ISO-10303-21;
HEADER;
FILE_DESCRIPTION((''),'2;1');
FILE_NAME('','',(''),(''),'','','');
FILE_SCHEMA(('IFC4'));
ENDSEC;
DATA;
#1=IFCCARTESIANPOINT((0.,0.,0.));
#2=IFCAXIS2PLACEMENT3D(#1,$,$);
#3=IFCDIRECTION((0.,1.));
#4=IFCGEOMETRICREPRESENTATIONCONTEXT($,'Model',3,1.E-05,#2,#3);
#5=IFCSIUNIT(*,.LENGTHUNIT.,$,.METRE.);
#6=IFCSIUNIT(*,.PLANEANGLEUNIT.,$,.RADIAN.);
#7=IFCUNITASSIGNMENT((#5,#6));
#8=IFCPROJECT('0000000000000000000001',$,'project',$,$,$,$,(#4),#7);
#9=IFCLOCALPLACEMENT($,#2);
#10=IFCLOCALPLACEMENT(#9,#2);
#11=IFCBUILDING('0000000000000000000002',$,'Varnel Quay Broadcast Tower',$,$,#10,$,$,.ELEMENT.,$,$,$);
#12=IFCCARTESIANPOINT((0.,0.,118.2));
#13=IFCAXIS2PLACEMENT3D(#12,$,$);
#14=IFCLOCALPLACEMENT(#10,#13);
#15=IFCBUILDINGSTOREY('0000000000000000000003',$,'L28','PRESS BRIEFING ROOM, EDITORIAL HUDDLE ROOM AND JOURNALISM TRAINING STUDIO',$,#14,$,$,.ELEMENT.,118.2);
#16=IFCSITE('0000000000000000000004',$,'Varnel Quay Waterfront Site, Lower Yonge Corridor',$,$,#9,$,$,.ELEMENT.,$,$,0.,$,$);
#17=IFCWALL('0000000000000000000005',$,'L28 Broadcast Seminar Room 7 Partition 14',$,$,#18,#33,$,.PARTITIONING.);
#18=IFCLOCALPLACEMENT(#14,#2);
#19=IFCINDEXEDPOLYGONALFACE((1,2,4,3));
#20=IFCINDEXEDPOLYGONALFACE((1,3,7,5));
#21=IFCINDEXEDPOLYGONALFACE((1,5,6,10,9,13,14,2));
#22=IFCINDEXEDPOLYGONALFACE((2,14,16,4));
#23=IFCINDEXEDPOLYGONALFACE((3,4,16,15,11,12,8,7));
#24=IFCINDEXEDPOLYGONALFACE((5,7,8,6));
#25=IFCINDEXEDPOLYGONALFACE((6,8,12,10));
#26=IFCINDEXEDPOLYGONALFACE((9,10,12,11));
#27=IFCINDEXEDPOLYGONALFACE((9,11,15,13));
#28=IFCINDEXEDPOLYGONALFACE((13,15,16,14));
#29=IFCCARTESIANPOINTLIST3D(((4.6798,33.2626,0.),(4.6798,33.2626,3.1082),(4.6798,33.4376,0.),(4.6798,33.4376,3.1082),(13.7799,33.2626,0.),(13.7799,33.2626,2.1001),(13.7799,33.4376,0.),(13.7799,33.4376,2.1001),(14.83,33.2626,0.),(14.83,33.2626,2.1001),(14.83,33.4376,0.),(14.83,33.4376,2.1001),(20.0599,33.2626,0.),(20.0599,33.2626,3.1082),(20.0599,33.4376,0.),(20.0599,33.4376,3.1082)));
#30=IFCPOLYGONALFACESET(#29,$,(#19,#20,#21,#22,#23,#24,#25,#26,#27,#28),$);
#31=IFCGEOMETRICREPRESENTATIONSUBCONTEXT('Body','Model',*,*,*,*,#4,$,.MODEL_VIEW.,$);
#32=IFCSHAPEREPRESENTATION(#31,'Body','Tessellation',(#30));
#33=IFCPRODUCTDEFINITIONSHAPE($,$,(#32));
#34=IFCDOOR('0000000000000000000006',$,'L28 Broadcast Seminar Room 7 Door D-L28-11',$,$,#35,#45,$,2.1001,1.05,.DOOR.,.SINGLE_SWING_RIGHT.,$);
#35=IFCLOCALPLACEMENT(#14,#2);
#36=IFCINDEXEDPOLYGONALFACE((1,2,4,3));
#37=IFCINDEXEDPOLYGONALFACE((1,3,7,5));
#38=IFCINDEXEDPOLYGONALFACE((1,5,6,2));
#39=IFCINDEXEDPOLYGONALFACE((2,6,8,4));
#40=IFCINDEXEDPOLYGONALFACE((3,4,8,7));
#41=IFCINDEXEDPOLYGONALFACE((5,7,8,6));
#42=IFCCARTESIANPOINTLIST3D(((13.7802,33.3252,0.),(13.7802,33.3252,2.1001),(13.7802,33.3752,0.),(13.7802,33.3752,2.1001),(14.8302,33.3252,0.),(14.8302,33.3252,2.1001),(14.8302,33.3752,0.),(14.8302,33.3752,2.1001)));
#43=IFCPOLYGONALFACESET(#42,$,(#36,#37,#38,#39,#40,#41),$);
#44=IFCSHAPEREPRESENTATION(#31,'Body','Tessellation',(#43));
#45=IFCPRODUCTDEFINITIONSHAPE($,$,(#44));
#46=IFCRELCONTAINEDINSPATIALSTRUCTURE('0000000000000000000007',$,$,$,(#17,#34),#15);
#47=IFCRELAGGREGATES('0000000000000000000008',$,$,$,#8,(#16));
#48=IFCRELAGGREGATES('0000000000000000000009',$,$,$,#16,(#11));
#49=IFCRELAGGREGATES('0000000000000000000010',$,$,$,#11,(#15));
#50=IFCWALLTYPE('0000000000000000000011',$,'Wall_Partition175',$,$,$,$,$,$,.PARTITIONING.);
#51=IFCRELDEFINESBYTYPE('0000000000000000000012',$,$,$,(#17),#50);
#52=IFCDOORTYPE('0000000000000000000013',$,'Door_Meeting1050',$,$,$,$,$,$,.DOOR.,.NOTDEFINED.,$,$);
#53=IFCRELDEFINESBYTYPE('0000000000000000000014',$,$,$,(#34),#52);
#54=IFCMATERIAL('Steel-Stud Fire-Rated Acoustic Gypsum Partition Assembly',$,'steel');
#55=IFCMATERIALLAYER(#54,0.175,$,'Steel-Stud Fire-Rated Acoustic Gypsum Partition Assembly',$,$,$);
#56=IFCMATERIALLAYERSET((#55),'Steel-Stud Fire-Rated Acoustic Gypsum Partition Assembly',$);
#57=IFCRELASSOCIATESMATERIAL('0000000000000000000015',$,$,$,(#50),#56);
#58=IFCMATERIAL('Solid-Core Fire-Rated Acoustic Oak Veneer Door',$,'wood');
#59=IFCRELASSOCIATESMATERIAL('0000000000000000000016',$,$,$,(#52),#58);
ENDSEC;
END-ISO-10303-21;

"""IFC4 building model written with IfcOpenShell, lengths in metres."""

from ifc_helpers import new_model, si_unit, direction, frame, frame_2d, origin, place, context, subcontext, project, spatial, rectangle, extrude, source, transform, mapped, material, layer, layer_set, type_object, type_shapes, element, fill, save


model = new_model("IFC4")

# Units and contexts
model_context = context("Model", 3, precision=1e-05, world=origin(), true_north=direction((0.0, 1.0)))
body_context = subcontext(model_context, "Body", "Model", "MODEL_VIEW")
ifc_project = project(units=[si_unit("LENGTHUNIT", "METRE"), si_unit("PLANEANGLEUNIT", "RADIAN")], contexts=[model_context])

# Site, building, storey
site_placement = place(None, origin())
site = spatial("IfcSite", under=ifc_project, at=site_placement, Name="Varnel Quay Waterfront Site, Lower Yonge Corridor", CompositionType="ELEMENT", RefElevation=0.0)
building_placement = place(site_placement, origin())
building = spatial("IfcBuilding", under=site, at=building_placement, Name="Varnel Quay Broadcast Tower", CompositionType="ELEMENT")
storey_placement = place(building_placement, frame((0.0, 0.0, 118.2)))
storey = spatial("IfcBuildingStorey", under=building, at=storey_placement, Name="L28", Description="PRESS BRIEFING ROOM, EDITORIAL HUDDLE ROOM AND JOURNALISM TRAINING STUDIO", CompositionType="ELEMENT", Elevation=118.2)

# Shared definitions
ifc_material_1 = material(Name="Steel-Stud Fire-Rated Acoustic Gypsum Partition Assembly", Category="steel")

# Shared definitions
ifc_layer_1 = layer(ifc_material_1, 0.175, Name="Steel-Stud Fire-Rated Acoustic Gypsum Partition Assembly")
ifc_layer_set_1 = layer_set([ifc_layer_1], Name="Steel-Stud Fire-Rated Acoustic Gypsum Partition Assembly")
wall_type_1 = type_object("IfcWallType", Name="Wall_Partition175", PredefinedType="PARTITIONING", material=ifc_layer_set_1)
ifc_material_2 = material(Name="Solid-Core Fire-Rated Acoustic Oak Veneer Door", Category="wood")
door_type_1 = type_object("IfcDoorType", Name="Door_Meeting1050", OperationType="NOTDEFINED", PredefinedType="DOOR", material=ifc_material_2)
shared_shape_1 = source(origin(), body_context, "Body", "SweptSolid", [
    extrude(rectangle(XDim=1.05, YDim=2.1001, at=frame_2d((0.5249, 1.05))), frame((0.0, 0.0249, 0.0), z_axis=(0.0, -1.0, 0.0), x_axis=(1.0, 0.0, 0.0)), (0.0, 0.0, 1.0), 0.05),
])
type_shapes(door_type_1, [shared_shape_1])

# Wall, opening, door
wall_1_placement = place(storey_placement, frame((4.6799, 33.3501, 0.0), z_axis=(0.0, 0.0, 1.0), x_axis=(1.0, 0.0, 0.0)))
wall_1 = element("IfcWall", 1, at=wall_1_placement, inside=storey, type_object=wall_type_1, Name="L28 Broadcast Seminar Room 7 Partition 14", PredefinedType="PARTITIONING", context=body_context, shape_type="SweptSolid", body=[
    extrude(rectangle(XDim=15.3801, YDim=0.175, at=frame_2d((7.6899, 0.0))), origin(), (0.0, 0.0, 1.0), 3.1082),
])
opening_1_placement = place(wall_1_placement, frame((9.1001, 0.0, 0.0)))
opening_1 = element("IfcOpeningElement", 2, at=opening_1_placement, cuts=wall_1, PredefinedType="OPENING", context=body_context, shape_type="SweptSolid", body=[
    extrude(rectangle(XDim=1.05, YDim=2.1001, at=frame_2d((0.5249, 1.05))), frame((0.0, 0.0977, 0.0), z_axis=(0.0, -1.0, 0.0), x_axis=(1.0, 0.0, 0.0)), (0.0, 0.0, 1.0), 0.1951),
])
door_1_placement = place(opening_1_placement, frame((1.05, 0.0, 0.0), z_axis=(0.0, 0.0, 1.0), x_axis=(-1.0, 0.0, 0.0)))
door_1 = element("IfcDoor", 3, at=door_1_placement, inside=storey, type_object=door_type_1, Name="L28 Broadcast Seminar Room 7 Door D-L28-11", OperationType="SINGLE_SWING_RIGHT", OverallHeight=2.1001, OverallWidth=1.05, PredefinedType="DOOR", context=body_context, shape_type="MappedRepresentation", body=[
    mapped(shared_shape_1, transform((0.0, 0.0, 0.0), x_axis=(1.0, 0.0, 0.0), y_axis=(0.0, 1.0, 0.0), z_axis=(0.0, 0.0, 1.0), scale=1.0)),
])
fill(opening_1, door_1)

save(model, "model.ifc")
